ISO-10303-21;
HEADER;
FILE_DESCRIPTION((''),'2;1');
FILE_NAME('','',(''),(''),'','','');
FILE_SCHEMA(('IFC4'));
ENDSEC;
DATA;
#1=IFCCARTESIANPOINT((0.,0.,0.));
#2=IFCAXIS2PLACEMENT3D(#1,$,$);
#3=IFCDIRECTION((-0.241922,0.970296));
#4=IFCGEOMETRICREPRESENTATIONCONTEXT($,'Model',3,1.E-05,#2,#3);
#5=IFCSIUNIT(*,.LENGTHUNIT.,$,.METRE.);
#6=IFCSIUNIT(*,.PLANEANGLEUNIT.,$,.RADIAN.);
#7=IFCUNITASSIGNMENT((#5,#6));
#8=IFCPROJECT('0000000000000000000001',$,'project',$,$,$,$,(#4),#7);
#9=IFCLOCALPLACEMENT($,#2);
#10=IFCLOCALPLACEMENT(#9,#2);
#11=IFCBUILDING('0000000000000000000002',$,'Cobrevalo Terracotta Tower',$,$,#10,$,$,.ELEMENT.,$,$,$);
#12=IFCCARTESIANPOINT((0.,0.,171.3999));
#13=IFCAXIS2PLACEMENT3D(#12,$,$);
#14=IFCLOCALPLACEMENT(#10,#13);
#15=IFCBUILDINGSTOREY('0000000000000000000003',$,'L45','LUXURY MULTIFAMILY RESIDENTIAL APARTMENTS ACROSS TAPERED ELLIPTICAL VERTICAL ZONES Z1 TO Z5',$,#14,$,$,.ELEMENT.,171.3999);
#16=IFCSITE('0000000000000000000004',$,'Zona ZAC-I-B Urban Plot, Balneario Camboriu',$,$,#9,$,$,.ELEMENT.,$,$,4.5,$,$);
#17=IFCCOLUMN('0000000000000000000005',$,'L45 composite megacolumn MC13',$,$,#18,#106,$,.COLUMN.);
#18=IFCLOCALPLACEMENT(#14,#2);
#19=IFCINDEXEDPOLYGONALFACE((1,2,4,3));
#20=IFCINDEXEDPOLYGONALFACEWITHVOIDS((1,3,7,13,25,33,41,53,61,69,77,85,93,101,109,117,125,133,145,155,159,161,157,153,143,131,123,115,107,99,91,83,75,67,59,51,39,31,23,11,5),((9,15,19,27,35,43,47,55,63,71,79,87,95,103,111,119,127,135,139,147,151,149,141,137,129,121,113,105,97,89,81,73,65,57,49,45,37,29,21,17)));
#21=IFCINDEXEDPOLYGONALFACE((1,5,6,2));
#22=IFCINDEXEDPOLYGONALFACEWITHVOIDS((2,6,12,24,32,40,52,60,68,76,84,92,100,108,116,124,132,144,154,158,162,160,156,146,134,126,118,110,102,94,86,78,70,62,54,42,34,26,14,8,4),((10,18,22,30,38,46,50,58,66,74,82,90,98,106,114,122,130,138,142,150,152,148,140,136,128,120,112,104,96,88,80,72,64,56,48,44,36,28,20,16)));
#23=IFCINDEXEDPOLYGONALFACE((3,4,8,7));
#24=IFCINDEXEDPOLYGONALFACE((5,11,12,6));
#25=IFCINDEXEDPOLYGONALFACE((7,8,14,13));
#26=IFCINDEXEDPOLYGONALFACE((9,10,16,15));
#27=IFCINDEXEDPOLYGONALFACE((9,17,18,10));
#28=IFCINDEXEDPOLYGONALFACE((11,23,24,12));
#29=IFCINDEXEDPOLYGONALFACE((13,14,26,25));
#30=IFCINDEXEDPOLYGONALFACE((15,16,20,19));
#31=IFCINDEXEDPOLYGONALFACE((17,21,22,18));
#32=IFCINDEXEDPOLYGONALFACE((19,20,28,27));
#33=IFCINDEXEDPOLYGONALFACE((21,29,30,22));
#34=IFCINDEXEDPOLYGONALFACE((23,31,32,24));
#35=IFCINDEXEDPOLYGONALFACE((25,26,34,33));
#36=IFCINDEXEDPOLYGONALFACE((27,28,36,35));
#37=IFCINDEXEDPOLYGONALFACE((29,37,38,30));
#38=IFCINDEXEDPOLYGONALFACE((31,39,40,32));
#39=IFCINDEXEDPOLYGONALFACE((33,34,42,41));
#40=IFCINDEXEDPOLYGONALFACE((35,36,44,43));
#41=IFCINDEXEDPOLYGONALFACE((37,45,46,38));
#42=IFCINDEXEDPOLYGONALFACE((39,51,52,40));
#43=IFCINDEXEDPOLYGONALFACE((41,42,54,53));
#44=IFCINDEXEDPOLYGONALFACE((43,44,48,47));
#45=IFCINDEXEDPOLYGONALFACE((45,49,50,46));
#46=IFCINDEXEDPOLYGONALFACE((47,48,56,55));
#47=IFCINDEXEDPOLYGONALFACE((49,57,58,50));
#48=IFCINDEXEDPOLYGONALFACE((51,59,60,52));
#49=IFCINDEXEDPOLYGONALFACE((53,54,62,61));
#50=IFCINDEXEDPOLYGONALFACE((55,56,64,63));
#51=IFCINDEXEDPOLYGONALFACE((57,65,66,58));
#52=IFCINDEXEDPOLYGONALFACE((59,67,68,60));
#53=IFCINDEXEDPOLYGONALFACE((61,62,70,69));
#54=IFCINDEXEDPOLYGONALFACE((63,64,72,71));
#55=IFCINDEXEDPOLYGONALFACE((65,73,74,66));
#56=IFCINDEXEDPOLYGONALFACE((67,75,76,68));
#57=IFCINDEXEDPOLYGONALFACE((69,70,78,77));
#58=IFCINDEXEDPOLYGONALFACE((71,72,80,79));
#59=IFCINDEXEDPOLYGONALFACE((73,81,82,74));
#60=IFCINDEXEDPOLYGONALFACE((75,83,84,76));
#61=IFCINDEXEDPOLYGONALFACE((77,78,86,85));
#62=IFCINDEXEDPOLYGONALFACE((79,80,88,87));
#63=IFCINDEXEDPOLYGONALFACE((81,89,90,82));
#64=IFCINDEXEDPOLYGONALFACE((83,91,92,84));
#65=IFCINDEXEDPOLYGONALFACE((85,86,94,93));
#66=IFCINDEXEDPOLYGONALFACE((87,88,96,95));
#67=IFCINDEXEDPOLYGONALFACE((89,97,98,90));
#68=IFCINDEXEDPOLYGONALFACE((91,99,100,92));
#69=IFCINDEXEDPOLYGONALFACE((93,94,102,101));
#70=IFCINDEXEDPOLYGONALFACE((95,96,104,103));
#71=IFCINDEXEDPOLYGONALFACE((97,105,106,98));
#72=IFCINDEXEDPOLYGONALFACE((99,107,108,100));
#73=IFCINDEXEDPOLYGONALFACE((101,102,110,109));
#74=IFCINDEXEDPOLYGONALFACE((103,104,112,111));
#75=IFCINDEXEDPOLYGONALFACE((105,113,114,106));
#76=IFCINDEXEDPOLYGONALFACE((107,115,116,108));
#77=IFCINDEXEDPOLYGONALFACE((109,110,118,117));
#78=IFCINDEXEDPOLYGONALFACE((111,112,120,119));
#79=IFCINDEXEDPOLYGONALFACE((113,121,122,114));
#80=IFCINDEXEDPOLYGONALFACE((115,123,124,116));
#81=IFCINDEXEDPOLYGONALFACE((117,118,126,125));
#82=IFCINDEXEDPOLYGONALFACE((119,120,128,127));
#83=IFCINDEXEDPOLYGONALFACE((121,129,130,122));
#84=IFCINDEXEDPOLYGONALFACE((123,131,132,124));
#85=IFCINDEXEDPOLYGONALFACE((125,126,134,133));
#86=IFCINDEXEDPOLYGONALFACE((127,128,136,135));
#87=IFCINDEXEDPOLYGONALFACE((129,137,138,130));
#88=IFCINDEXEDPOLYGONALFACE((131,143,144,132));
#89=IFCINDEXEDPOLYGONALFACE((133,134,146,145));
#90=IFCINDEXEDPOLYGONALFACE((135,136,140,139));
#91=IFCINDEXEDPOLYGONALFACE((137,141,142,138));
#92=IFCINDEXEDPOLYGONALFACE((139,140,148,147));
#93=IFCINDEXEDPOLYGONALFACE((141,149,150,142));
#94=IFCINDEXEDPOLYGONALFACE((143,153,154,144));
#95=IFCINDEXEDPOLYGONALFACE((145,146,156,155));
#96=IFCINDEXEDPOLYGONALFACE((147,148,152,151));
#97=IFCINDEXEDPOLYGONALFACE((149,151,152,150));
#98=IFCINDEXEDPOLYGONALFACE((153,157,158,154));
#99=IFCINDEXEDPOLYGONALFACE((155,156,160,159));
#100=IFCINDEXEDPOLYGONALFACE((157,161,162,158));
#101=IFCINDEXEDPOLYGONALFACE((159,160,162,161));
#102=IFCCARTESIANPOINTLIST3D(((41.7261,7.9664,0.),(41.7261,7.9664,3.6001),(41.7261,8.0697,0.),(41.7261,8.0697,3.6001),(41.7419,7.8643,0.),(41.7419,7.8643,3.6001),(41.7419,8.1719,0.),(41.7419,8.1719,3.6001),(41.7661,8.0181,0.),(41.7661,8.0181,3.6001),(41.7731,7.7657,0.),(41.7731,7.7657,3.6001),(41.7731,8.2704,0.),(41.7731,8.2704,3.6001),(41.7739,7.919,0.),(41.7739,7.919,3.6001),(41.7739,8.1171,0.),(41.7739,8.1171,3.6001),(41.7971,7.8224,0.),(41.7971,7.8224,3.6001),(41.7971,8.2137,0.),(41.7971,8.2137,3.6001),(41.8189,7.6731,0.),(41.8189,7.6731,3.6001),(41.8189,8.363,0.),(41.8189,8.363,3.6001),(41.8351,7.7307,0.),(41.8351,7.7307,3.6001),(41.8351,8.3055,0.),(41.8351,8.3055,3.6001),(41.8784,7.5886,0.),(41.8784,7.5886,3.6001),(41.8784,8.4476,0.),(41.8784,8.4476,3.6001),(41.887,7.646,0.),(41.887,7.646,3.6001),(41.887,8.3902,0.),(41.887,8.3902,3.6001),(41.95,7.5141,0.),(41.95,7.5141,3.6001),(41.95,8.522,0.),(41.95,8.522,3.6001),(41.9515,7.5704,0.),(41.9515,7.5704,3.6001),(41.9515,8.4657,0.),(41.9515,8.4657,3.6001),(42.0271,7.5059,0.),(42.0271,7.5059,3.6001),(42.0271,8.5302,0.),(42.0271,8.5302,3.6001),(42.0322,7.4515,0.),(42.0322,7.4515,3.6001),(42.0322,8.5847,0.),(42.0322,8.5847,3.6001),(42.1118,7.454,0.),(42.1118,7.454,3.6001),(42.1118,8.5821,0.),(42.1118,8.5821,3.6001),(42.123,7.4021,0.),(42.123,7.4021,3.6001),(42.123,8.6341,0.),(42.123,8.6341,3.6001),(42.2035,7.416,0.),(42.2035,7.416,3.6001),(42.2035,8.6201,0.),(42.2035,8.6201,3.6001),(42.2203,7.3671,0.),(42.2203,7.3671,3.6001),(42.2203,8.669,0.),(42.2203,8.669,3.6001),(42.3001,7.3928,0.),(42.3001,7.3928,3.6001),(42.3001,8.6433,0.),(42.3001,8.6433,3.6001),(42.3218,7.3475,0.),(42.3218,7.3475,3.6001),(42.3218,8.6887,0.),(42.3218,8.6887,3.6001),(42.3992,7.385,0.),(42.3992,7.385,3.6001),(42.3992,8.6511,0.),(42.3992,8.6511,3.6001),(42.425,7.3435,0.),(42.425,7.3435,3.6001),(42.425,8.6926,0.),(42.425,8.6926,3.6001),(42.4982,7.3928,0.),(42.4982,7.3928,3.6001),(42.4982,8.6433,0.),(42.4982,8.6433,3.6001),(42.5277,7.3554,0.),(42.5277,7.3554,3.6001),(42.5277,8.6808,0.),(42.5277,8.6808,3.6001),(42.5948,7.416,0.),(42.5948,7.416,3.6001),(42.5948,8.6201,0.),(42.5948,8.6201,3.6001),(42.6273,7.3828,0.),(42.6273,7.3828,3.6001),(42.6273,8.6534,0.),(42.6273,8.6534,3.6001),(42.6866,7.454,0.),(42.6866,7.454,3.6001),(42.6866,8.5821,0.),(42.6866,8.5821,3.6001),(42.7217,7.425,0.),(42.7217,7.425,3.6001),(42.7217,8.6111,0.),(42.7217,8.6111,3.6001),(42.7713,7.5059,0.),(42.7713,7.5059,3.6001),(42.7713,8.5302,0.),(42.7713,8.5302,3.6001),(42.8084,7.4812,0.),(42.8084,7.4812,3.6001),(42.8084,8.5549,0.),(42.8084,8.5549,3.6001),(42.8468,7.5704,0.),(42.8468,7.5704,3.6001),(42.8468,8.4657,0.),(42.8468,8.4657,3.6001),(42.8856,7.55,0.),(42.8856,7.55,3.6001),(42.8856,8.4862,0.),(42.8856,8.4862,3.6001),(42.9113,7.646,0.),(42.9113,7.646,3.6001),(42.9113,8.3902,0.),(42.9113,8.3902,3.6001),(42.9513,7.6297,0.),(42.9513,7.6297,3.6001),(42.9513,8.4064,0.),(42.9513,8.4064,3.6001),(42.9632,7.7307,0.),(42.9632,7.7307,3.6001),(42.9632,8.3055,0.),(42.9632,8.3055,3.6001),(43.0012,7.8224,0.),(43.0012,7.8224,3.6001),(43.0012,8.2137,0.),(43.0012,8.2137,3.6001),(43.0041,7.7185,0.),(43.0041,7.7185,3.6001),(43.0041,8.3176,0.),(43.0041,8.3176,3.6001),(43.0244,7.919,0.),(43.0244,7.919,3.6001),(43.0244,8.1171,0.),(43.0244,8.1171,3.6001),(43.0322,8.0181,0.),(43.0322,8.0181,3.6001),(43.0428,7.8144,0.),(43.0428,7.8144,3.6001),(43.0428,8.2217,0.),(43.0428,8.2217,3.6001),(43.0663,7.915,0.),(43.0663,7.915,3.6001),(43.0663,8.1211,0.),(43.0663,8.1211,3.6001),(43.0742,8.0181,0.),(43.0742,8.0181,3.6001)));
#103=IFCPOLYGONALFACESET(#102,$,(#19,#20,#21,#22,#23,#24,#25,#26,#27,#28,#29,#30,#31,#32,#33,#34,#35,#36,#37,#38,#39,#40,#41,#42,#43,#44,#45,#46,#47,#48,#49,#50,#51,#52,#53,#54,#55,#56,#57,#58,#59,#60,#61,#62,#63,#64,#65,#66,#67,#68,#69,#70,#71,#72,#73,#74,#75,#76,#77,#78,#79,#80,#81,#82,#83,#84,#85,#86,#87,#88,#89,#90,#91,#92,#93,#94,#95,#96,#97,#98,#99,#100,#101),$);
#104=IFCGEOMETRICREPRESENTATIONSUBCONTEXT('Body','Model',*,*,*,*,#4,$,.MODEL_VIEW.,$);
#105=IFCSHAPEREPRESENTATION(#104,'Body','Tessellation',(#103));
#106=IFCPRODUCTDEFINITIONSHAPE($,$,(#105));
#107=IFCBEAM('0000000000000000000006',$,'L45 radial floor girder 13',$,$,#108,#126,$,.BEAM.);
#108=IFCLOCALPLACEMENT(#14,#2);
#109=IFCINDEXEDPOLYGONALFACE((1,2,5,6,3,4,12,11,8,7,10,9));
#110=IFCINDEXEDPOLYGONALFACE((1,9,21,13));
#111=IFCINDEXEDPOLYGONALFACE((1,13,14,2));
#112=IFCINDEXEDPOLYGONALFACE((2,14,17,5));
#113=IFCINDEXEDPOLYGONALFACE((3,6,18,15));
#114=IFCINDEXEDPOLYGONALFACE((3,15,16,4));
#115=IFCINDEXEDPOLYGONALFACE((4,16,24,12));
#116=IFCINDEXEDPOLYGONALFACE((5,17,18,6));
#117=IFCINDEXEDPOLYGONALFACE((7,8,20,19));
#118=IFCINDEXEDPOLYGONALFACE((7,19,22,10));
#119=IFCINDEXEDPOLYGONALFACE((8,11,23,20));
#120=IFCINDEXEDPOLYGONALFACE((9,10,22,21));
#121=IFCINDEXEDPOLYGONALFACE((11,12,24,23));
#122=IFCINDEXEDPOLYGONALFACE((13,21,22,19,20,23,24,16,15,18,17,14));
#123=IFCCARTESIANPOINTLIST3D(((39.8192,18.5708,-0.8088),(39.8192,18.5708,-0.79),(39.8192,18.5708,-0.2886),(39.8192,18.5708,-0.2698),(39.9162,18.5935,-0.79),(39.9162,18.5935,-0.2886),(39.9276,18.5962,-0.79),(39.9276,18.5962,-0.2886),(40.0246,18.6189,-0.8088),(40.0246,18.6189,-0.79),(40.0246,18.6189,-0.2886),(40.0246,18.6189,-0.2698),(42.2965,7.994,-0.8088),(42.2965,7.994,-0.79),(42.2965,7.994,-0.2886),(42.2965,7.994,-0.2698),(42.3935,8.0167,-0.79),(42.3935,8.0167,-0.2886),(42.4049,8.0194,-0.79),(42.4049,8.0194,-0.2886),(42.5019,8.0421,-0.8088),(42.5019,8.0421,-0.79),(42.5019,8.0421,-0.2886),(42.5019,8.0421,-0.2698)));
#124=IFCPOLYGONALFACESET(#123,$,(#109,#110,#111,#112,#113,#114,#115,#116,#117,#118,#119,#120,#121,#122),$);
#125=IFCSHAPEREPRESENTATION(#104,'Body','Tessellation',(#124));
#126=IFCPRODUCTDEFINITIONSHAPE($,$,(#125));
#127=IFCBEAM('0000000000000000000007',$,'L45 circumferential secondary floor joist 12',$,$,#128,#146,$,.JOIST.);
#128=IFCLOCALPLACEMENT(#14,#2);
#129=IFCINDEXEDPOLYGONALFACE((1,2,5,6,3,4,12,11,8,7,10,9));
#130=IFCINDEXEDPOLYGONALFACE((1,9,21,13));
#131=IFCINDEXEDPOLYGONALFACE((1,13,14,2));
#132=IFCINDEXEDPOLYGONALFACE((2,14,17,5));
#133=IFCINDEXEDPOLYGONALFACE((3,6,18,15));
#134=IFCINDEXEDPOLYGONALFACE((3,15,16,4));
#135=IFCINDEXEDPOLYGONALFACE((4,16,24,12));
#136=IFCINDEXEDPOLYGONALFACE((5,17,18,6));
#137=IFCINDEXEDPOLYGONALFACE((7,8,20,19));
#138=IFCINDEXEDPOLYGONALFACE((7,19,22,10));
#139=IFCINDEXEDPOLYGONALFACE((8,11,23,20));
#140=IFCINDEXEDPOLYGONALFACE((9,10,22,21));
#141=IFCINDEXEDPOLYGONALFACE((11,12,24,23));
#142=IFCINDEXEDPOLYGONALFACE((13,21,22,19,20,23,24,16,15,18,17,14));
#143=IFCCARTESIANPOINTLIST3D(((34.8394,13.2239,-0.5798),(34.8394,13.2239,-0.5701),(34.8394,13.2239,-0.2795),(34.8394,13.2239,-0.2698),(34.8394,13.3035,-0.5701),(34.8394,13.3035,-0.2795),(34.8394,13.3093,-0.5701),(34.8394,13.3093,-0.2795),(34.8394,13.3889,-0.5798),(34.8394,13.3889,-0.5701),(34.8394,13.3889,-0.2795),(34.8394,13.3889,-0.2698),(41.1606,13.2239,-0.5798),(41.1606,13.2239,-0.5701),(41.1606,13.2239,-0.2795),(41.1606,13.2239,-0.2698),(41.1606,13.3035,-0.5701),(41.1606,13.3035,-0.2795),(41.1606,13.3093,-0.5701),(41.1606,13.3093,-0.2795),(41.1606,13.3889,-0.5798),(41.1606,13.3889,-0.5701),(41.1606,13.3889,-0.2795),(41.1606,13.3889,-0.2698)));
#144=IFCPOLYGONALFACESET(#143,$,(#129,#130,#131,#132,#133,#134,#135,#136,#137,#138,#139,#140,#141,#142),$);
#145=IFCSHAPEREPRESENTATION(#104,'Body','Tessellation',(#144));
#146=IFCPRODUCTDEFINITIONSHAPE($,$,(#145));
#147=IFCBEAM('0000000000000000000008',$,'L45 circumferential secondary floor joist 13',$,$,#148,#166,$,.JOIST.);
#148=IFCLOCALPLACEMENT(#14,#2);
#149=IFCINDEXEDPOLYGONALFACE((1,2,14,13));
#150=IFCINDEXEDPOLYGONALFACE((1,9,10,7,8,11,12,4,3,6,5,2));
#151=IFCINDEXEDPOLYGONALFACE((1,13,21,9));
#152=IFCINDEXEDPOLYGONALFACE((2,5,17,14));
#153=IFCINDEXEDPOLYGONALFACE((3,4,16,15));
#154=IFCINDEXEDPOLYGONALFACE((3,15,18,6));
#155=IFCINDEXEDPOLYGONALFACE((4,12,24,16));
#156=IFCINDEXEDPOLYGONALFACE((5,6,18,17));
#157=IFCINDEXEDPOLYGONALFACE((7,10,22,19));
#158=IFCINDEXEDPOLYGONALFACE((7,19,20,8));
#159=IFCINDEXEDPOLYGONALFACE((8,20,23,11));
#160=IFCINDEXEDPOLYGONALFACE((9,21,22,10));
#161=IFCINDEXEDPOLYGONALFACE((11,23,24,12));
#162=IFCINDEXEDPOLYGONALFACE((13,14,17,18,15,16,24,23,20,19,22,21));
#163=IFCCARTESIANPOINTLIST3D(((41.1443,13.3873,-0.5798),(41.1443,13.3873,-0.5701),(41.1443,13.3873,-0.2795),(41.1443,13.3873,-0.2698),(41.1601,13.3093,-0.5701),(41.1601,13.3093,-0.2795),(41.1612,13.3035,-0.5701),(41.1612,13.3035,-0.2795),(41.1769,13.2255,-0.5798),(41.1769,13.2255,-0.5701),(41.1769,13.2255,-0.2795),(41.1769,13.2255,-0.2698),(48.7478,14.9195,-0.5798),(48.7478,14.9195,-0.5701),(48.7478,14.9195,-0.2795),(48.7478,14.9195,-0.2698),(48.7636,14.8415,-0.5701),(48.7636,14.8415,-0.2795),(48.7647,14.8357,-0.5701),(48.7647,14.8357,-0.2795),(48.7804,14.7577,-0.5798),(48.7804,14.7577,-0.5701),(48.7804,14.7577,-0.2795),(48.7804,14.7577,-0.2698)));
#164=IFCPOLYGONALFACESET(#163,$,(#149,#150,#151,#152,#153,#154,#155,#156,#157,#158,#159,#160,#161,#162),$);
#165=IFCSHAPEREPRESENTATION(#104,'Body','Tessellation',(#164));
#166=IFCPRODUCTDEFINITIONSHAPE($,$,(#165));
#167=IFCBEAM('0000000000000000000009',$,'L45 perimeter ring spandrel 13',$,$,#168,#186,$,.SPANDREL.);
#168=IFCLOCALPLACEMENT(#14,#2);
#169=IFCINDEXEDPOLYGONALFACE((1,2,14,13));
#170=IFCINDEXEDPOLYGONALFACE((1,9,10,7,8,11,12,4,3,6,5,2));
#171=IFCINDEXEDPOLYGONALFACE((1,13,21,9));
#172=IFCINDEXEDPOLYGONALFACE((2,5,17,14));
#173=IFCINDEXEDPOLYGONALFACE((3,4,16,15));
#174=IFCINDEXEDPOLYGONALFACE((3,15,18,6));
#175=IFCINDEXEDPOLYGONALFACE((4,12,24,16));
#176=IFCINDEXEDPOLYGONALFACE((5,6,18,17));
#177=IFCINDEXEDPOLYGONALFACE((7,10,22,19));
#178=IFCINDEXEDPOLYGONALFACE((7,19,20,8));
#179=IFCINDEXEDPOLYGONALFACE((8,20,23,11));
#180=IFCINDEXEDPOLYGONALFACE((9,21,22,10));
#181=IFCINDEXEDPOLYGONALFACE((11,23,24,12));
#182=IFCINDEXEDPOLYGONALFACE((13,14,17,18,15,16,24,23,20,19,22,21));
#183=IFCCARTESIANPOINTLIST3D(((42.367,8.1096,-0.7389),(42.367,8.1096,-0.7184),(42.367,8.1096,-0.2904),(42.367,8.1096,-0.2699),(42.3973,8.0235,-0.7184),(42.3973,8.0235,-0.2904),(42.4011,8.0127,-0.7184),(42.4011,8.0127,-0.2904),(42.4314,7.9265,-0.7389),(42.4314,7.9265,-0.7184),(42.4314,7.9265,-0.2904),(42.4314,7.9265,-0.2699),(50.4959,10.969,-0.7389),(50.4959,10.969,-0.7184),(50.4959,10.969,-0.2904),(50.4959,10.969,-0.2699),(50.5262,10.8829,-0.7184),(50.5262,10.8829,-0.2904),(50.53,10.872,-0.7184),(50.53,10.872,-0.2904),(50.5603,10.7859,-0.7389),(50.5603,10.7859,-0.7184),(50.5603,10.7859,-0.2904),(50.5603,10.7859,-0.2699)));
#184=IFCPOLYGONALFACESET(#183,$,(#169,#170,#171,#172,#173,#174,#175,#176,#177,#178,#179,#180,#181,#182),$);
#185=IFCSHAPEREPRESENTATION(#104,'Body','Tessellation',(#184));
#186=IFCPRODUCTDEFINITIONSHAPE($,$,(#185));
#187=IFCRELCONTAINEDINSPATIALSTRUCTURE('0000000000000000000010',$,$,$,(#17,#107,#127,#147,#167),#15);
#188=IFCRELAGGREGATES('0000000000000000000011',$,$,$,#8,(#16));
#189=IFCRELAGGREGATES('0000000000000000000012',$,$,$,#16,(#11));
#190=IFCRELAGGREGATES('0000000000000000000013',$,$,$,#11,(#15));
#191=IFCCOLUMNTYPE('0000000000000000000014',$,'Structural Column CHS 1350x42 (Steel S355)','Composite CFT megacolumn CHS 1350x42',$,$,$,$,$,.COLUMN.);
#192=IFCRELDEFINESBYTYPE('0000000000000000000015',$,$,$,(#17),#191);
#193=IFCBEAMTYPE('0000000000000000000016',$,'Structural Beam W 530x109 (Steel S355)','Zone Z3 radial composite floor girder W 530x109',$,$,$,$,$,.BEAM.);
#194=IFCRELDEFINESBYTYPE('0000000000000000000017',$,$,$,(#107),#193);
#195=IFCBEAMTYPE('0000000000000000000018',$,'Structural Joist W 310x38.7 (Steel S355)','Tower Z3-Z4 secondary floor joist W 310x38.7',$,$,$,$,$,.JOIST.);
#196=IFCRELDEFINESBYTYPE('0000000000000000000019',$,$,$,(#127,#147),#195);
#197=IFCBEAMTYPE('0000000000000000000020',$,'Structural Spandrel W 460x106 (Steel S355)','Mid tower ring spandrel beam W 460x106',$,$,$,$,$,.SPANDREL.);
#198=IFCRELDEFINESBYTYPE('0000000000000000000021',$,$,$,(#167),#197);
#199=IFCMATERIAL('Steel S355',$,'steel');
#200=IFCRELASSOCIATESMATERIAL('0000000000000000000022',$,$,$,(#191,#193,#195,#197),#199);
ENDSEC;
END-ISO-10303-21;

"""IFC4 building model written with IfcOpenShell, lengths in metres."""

from ifc_helpers import new_model, si_unit, direction, frame, origin, origin_2d, place, context, subcontext, project, spatial, hollow_circle, i_section, extrude, material, material_profile, profile_set, type_object, element, save


model = new_model("IFC4")

# Units and contexts
model_context = context("Model", 3, precision=1e-05, world=origin(), true_north=direction((-0.241922, 0.970296)))
body_context = subcontext(model_context, "Body", "Model", "MODEL_VIEW")
ifc_project = project(units=[si_unit("LENGTHUNIT", "METRE"), si_unit("PLANEANGLEUNIT", "RADIAN")], contexts=[model_context])

# Site, building, storey
site_placement = place(None, origin())
site = spatial("IfcSite", under=ifc_project, at=site_placement, Name="Zona ZAC-I-B Urban Plot, Balneario Camboriu", CompositionType="ELEMENT", RefElevation=4.5)
building_placement = place(site_placement, origin())
building = spatial("IfcBuilding", under=site, at=building_placement, Name="Cobrevalo Terracotta Tower", CompositionType="ELEMENT")
storey_placement = place(building_placement, frame((0.0, 0.0, 171.3999)))
storey = spatial("IfcBuildingStorey", under=building, at=storey_placement, Name="L45", Description="LUXURY MULTIFAMILY RESIDENTIAL APARTMENTS ACROSS TAPERED ELLIPTICAL VERTICAL ZONES Z1 TO Z5", CompositionType="ELEMENT", Elevation=171.3999)

# Column
ifc_material_1 = material(Name="Steel S355", Category="steel")
ifc_material_profile_1 = material_profile(ifc_material_1, hollow_circle(Radius=0.675, WallThickness=0.042, at=origin_2d()), Name="CHS 1350x42")
ifc_profile_set_1 = profile_set([ifc_material_profile_1], Name="Steel S355")
column_type = type_object("IfcColumnType", Name="Structural Column CHS 1350x42 (Steel S355)", Description="Composite CFT megacolumn CHS 1350x42", PredefinedType="COLUMN", material=ifc_profile_set_1)
column_placement = place(storey_placement, frame((42.3992, 8.0181, 0.0), z_axis=(0.0, 0.0, 1.0), x_axis=(1.0, 0.0, 0.0)))
element("IfcColumn", 1, at=column_placement, inside=storey, type_object=column_type, Name="L45 composite megacolumn MC13", PredefinedType="COLUMN", context=body_context, shape_type="SweptSolid", body=[
    extrude(hollow_circle(Radius=0.675, WallThickness=0.042, at=origin_2d()), origin(), (0.0, 0.0, 1.0), 3.6001),
])

# Beams
ifc_material_profile_2 = material_profile(ifc_material_1, i_section(OverallWidth=0.2109, OverallDepth=0.5391, WebThickness=0.0117, FlangeThickness=0.0188, at=origin_2d()), Name="W 530x109")
ifc_profile_set_2 = profile_set([ifc_material_profile_2], Name="Steel S355")
beam_type_1 = type_object("IfcBeamType", Name="Structural Beam W 530x109 (Steel S355)", Description="Zone Z3 radial composite floor girder W 530x109", PredefinedType="BEAM", material=ifc_profile_set_2)
beam_1_placement = place(storey_placement, frame((42.3992, 8.0181, -0.5393), z_axis=(-0.228046, 0.97365, 0.0), x_axis=(-0.97365, -0.228046, 0.0)))
element("IfcBeam", 2, at=beam_1_placement, inside=storey, type_object=beam_type_1, Name="L45 radial floor girder 13", PredefinedType="BEAM", context=body_context, shape_type="SweptSolid", body=[
    extrude(i_section(OverallWidth=0.2109, OverallDepth=0.5391, WebThickness=0.0117, FlangeThickness=0.0188, at=origin_2d()), origin(), (0.0, 0.0, 1.0), 10.863),
])
ifc_material_profile_3 = material_profile(ifc_material_1, i_section(OverallWidth=0.165, OverallDepth=0.3101, WebThickness=0.0059, FlangeThickness=0.0098, at=origin_2d()), Name="W 310x38.7")
ifc_profile_set_3 = profile_set([ifc_material_profile_3], Name="Steel S355")
beam_type_2 = type_object("IfcBeamType", Name="Structural Joist W 310x38.7 (Steel S355)", Description="Tower Z3-Z4 secondary floor joist W 310x38.7", PredefinedType="JOIST", material=ifc_profile_set_3)
beam_2_placement = place(storey_placement, frame((34.8394, 13.3064, -0.4248), z_axis=(1.0, 0.0, 0.0), x_axis=(0.0, 1.0, 0.0)))
element("IfcBeam", 3, at=beam_2_placement, inside=storey, type_object=beam_type_2, Name="L45 circumferential secondary floor joist 12", PredefinedType="JOIST", context=body_context, shape_type="SweptSolid", body=[
    extrude(i_section(OverallWidth=0.165, OverallDepth=0.3101, WebThickness=0.0059, FlangeThickness=0.0098, at=origin_2d()), origin(), (0.0, 0.0, 1.0), 6.3213),
])
beam_3_placement = place(storey_placement, frame((41.1606, 13.3064, -0.4248), z_axis=(0.980294, 0.197544, 0.0), x_axis=(-0.197544, 0.980294, 0.0)))
element("IfcBeam", 4, at=beam_3_placement, inside=storey, type_object=beam_type_2, Name="L45 circumferential secondary floor joist 13", PredefinedType="JOIST", context=body_context, shape_type="SweptSolid", body=[
    extrude(i_section(OverallWidth=0.165, OverallDepth=0.3101, WebThickness=0.0059, FlangeThickness=0.0098, at=origin_2d()), origin(), (0.0, 0.0, 1.0), 7.7563),
])
ifc_material_profile_4 = material_profile(ifc_material_1, i_section(OverallWidth=0.1941, OverallDepth=0.469, WebThickness=0.0115, FlangeThickness=0.0205, at=origin_2d()), Name="W 460x106")
ifc_profile_set_4 = profile_set([ifc_material_profile_4], Name="Steel S355")
beam_type_3 = type_object("IfcBeamType", Name="Structural Spandrel W 460x106 (Steel S355)", Description="Mid tower ring spandrel beam W 460x106", PredefinedType="SPANDREL", material=ifc_profile_set_4)
beam_4_placement = place(storey_placement, frame((42.3992, 8.0181, -0.5044), z_axis=(0.943341, 0.331824, 0.0), x_axis=(-0.331824, 0.943341, 0.0)))
element("IfcBeam", 5, at=beam_4_placement, inside=storey, type_object=beam_type_3, Name="L45 perimeter ring spandrel 13", PredefinedType="SPANDREL", context=body_context, shape_type="SweptSolid", body=[
    extrude(i_section(OverallWidth=0.1941, OverallDepth=0.469, WebThickness=0.0115, FlangeThickness=0.0205, at=origin_2d()), origin(), (0.0, 0.0, 1.0), 8.6172),
])

save(model, "model.ifc")
